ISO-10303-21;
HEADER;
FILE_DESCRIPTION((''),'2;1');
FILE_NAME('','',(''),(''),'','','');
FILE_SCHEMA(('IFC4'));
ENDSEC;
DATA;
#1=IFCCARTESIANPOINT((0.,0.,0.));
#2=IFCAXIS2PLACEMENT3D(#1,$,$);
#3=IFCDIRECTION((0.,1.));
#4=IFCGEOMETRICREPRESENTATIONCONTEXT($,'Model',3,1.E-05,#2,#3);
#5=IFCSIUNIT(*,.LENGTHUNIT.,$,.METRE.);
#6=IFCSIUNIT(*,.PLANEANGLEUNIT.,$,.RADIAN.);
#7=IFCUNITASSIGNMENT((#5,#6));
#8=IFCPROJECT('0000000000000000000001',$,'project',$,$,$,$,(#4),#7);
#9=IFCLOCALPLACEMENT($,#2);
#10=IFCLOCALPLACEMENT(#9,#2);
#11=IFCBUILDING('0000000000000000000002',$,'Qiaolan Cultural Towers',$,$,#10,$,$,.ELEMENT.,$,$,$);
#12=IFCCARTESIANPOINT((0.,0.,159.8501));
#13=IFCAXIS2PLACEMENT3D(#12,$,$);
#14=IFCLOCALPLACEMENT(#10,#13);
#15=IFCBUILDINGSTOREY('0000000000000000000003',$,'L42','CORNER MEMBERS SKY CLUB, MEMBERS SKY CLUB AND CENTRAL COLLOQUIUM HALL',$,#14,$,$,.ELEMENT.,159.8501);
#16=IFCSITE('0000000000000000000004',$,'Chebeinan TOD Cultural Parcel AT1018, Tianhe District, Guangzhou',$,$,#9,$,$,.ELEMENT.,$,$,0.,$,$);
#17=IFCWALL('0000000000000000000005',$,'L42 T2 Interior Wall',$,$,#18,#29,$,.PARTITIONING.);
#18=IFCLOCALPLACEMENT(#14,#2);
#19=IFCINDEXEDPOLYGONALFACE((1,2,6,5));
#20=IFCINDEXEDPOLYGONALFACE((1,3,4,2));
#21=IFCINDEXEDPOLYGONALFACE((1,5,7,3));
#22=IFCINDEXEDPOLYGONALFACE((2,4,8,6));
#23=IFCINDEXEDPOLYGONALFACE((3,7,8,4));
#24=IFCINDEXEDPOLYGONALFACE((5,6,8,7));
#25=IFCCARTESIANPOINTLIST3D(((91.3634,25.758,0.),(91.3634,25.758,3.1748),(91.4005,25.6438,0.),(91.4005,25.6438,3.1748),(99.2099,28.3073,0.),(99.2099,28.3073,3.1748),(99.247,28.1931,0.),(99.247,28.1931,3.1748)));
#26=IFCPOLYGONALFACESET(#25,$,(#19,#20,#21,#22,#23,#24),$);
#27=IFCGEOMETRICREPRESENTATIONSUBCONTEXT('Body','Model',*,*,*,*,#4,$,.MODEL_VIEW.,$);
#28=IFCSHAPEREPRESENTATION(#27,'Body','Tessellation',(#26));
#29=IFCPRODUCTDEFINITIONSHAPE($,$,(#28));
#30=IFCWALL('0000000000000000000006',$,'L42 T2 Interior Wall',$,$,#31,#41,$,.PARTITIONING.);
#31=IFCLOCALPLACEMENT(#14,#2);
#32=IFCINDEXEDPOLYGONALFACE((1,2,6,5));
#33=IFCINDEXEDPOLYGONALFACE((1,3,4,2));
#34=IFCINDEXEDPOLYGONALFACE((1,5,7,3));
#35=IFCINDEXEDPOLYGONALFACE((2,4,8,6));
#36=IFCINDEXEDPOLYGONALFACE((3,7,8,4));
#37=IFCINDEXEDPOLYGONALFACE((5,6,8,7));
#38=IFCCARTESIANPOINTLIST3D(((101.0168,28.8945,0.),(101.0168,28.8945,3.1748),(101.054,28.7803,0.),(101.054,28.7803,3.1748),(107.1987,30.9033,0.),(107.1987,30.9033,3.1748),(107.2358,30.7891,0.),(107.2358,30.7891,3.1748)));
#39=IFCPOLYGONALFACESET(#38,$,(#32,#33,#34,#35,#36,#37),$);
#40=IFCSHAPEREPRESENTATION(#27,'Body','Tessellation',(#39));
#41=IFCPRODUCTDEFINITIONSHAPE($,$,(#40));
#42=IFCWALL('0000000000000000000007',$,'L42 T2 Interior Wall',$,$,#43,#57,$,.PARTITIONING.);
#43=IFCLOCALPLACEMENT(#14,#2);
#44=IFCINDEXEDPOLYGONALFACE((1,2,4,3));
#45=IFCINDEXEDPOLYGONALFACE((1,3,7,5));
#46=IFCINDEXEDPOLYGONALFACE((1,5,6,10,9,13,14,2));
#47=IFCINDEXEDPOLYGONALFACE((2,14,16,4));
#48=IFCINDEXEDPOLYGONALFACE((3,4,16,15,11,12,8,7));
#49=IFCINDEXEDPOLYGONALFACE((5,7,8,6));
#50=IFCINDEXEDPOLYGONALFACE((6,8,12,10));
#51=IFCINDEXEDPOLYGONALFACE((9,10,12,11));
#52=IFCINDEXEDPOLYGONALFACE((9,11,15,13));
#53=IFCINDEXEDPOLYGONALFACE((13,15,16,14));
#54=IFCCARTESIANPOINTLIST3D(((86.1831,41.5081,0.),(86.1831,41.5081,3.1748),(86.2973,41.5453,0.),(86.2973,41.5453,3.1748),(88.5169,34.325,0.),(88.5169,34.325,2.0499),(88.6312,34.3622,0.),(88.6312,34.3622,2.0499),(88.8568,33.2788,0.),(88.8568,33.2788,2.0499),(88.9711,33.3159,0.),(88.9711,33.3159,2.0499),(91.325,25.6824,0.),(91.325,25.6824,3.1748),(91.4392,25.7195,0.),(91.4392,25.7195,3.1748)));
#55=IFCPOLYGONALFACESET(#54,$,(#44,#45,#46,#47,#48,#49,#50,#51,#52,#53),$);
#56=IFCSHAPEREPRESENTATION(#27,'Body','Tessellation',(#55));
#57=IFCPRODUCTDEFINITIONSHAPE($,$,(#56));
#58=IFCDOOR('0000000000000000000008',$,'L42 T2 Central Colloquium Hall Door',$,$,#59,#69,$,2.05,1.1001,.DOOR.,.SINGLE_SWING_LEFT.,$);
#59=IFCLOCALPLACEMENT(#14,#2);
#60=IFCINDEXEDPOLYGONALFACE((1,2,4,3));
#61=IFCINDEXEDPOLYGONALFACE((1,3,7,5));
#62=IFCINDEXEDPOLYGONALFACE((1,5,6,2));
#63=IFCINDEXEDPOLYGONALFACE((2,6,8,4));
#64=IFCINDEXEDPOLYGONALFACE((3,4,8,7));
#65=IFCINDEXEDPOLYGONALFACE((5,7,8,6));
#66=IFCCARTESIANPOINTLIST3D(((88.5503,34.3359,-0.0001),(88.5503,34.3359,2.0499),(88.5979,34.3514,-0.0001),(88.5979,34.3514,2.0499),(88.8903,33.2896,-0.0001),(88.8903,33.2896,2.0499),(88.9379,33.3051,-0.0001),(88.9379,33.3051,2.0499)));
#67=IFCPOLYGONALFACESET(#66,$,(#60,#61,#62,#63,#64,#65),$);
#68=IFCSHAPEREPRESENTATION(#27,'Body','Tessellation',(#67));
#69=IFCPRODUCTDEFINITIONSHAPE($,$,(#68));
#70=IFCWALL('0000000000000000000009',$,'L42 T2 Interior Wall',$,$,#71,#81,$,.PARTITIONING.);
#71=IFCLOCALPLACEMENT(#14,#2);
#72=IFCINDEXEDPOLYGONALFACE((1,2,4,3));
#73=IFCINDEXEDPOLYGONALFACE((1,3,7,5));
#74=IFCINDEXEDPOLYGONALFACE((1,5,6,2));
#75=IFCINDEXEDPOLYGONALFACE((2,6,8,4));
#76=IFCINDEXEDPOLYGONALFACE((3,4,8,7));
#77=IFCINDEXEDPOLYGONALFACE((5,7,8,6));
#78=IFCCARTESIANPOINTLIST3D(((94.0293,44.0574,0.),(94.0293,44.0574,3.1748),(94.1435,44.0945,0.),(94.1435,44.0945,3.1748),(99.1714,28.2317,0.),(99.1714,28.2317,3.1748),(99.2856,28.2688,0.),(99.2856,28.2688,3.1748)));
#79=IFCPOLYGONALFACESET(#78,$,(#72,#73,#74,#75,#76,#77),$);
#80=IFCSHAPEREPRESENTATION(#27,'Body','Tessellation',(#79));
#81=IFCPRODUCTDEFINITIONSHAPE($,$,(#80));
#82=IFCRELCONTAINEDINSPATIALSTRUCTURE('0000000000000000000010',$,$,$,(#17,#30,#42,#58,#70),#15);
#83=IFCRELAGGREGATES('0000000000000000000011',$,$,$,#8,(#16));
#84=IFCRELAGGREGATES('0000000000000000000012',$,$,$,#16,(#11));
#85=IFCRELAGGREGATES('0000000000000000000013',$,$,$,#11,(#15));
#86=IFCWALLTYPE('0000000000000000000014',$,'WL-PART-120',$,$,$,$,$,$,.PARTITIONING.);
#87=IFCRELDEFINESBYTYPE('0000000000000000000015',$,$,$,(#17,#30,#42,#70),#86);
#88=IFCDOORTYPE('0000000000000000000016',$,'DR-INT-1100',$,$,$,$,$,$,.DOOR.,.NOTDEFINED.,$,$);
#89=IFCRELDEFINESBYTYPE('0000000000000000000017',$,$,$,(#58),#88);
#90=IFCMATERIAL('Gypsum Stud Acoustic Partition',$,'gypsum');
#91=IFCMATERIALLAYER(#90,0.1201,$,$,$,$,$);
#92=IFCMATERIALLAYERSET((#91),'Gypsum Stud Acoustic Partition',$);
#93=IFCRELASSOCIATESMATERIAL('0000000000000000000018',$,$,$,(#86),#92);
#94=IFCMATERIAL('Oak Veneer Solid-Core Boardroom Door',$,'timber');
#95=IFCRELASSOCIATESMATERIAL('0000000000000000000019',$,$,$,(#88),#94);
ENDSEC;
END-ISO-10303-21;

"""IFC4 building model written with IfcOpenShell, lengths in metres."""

from ifc_helpers import new_model, si_unit, direction, frame, frame_2d, origin, place, context, subcontext, project, spatial, rectangle, extrude, material, layer, layer_set, type_object, element, fill, save


model = new_model("IFC4")

# Units and contexts
model_context = context("Model", 3, precision=1e-05, world=origin(), true_north=direction((0.0, 1.0)))
body_context = subcontext(model_context, "Body", "Model", "MODEL_VIEW")
ifc_project = project(units=[si_unit("LENGTHUNIT", "METRE"), si_unit("PLANEANGLEUNIT", "RADIAN")], contexts=[model_context])

# Site, building, storey
site_placement = place(None, origin())
site = spatial("IfcSite", under=ifc_project, at=site_placement, Name="Chebeinan TOD Cultural Parcel AT1018, Tianhe District, Guangzhou", CompositionType="ELEMENT", RefElevation=0.0)
building_placement = place(site_placement, origin())
building = spatial("IfcBuilding", under=site, at=building_placement, Name="Qiaolan Cultural Towers", CompositionType="ELEMENT")
storey_placement = place(building_placement, frame((0.0, 0.0, 159.8501)))
storey = spatial("IfcBuildingStorey", under=building, at=storey_placement, Name="L42", Description="CORNER MEMBERS SKY CLUB, MEMBERS SKY CLUB AND CENTRAL COLLOQUIUM HALL", CompositionType="ELEMENT", Elevation=159.8501)

# Walls
ifc_material_1 = material(Name="Gypsum Stud Acoustic Partition", Category="gypsum")
ifc_layer_1 = layer(ifc_material_1, 0.1201)
ifc_layer_set_1 = layer_set([ifc_layer_1], Name="Gypsum Stud Acoustic Partition")
wall_type_1 = type_object("IfcWallType", Name="WL-PART-120", PredefinedType="PARTITIONING", material=ifc_layer_set_1)
wall_1_placement = place(storey_placement, frame((91.3821, 25.7009, 0.0), z_axis=(0.0, 0.0, 1.0), x_axis=(0.951062, 0.309001, 0.0)))
element("IfcWall", 1, at=wall_1_placement, inside=storey, type_object=wall_type_1, Name="L42 T2 Interior Wall", PredefinedType="PARTITIONING", context=body_context, shape_type="SweptSolid", body=[
    extrude(rectangle(XDim=8.2502, YDim=0.1201, at=frame_2d((4.125, 0.0))), origin(), (0.0, 0.0, 1.0), 3.1748),
])
wall_2_placement = place(storey_placement, frame((101.0354, 28.8374, 0.0), z_axis=(0.0, 0.0, 1.0), x_axis=(0.951049, 0.309041, 0.0)))
element("IfcWall", 2, at=wall_2_placement, inside=storey, type_object=wall_type_1, Name="L42 T2 Interior Wall", PredefinedType="PARTITIONING", context=body_context, shape_type="SweptSolid", body=[
    extrude(rectangle(XDim=6.5, YDim=0.1201, at=frame_2d((3.25, 0.0))), origin(), (0.0, 0.0, 1.0), 3.1748),
])

# Wall, opening, door
wall_3_placement = place(storey_placement, frame((91.3821, 25.7009, 0.0), z_axis=(0.0, 0.0, 1.0), x_axis=(-0.309004, 0.951061, 0.0)))
wall_3 = element("IfcWall", 3, at=wall_3_placement, inside=storey, type_object=wall_type_1, Name="L42 T2 Interior Wall", PredefinedType="PARTITIONING", context=body_context, shape_type="SweptSolid", body=[
    extrude(rectangle(XDim=16.6401, YDim=0.1201, at=frame_2d((8.3201, 0.0))), origin(), (0.0, 0.0, 1.0), 3.1748),
])
opening_1_placement = place(wall_3_placement, frame((7.9873, 0.0, 0.0)))
opening_1 = element("IfcOpeningElement", 4, at=opening_1_placement, cuts=wall_3, PredefinedType="OPENING", context=body_context, shape_type="SweptSolid", body=[
    extrude(rectangle(XDim=1.1001, YDim=2.05, at=frame_2d((0.55, 1.0249))), frame((0.0, 0.0701, 0.0), z_axis=(0.0, -1.0, 0.0), x_axis=(1.0, 0.0, 0.0)), (0.0, 0.0, 1.0), 0.1401),
])
ifc_material_2 = material(Name="Oak Veneer Solid-Core Boardroom Door", Category="timber")
door_type_1 = type_object("IfcDoorType", Name="DR-INT-1100", OperationType="NOTDEFINED", PredefinedType="DOOR", material=ifc_material_2)
door_1_placement = place(opening_1_placement, origin())
door_1 = element("IfcDoor", 5, at=door_1_placement, inside=storey, type_object=door_type_1, Name="L42 T2 Central Colloquium Hall Door", OperationType="SINGLE_SWING_LEFT", OverallHeight=2.05, OverallWidth=1.1001, PredefinedType="DOOR", context=body_context, shape_type="SweptSolid", body=[
    extrude(rectangle(XDim=1.1001, YDim=2.05, at=frame_2d((0.55, 1.0249))), frame((0.0, 0.0249, 0.0), z_axis=(0.0, -1.0, 0.0), x_axis=(1.0, 0.0, 0.0)), (0.0, 0.0, 1.0), 0.05),
])
fill(opening_1, door_1)

# Wall
wall_4_placement = place(storey_placement, frame((99.2285, 28.2502, 0.0), z_axis=(0.0, 0.0, 1.0), x_axis=(-0.309018, 0.951056, 0.0)))
element("IfcWall", 6, at=wall_4_placement, inside=storey, type_object=wall_type_1, Name="L42 T2 Interior Wall", PredefinedType="PARTITIONING", context=body_context, shape_type="SweptSolid", body=[
    extrude(rectangle(XDim=16.6401, YDim=0.1201, at=frame_2d((8.3201, 0.0))), origin(), (0.0, 0.0, 1.0), 3.1748),
])

save(model, "model.ifc")
